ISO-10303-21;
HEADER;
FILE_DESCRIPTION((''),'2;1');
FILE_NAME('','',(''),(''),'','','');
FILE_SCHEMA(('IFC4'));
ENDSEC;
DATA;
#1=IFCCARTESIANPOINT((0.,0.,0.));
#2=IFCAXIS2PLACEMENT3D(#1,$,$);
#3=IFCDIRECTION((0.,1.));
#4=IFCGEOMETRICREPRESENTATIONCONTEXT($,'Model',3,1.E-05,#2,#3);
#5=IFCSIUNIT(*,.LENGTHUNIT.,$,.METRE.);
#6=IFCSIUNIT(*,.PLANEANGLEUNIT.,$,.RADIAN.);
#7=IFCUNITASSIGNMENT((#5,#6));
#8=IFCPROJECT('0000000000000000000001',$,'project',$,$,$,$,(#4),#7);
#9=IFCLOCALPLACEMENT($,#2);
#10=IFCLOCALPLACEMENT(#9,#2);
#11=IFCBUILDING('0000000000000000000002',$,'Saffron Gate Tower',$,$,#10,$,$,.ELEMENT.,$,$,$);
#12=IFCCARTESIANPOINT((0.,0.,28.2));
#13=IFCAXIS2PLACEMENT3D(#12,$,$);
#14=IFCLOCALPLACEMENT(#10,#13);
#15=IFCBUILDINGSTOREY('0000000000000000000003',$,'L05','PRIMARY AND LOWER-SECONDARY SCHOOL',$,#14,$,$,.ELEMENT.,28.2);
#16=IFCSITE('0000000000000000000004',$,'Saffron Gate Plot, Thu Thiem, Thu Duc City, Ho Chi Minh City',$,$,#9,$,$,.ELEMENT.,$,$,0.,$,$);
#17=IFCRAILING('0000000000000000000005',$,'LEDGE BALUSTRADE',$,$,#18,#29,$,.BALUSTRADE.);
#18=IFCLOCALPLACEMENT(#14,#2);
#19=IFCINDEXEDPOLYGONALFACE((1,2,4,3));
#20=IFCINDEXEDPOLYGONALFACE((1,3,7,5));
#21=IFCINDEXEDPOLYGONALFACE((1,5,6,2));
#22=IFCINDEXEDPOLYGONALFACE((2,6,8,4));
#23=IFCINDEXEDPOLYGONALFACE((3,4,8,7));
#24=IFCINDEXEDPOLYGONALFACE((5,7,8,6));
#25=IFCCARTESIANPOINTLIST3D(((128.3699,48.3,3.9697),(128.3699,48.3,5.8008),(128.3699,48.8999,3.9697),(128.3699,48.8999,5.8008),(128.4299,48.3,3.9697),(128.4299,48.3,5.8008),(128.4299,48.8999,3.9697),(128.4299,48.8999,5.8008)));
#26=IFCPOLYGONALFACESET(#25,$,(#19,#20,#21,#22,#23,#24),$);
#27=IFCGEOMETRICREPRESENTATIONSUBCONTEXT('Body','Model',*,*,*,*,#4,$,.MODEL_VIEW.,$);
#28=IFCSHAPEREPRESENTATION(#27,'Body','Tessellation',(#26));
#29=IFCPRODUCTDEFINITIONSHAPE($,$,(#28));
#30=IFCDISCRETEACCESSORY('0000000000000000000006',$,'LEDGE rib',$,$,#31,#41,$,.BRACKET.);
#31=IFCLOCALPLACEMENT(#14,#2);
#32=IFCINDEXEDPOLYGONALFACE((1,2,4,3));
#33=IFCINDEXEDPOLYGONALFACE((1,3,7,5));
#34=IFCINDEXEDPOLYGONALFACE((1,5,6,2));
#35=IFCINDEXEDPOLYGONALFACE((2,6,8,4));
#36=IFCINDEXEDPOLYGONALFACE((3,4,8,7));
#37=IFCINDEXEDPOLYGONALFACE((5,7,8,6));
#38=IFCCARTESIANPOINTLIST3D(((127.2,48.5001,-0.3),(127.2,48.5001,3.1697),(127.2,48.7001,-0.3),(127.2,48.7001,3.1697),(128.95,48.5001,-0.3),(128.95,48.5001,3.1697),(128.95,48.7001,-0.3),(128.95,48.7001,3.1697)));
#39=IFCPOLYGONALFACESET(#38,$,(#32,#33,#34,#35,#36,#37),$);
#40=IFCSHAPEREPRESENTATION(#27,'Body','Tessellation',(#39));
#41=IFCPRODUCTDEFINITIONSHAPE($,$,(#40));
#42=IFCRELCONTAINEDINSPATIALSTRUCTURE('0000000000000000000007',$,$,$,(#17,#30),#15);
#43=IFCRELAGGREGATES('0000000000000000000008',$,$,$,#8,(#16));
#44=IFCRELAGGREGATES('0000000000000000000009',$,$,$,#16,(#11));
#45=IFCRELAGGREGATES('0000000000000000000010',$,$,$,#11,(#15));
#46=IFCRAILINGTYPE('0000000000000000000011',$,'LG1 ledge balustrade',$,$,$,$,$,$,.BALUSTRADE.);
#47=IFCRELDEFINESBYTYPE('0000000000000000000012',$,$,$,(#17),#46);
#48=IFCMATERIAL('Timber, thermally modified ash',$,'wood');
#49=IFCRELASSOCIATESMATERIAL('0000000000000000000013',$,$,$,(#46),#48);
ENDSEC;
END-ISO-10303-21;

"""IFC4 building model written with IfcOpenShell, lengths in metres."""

from ifc_helpers import new_model, si_unit, direction, frame, origin, origin_2d, place, context, subcontext, project, spatial, rectangle, extrude, material, type_object, element, save


model = new_model("IFC4")

# Units and contexts
model_context = context("Model", 3, precision=1e-05, world=origin(), true_north=direction((0.0, 1.0)))
body_context = subcontext(model_context, "Body", "Model", "MODEL_VIEW")
ifc_project = project(units=[si_unit("LENGTHUNIT", "METRE"), si_unit("PLANEANGLEUNIT", "RADIAN")], contexts=[model_context])

# Site, building, storey
site_placement = place(None, origin())
site = spatial("IfcSite", under=ifc_project, at=site_placement, Name="Saffron Gate Plot, Thu Thiem, Thu Duc City, Ho Chi Minh City", CompositionType="ELEMENT", RefElevation=0.0)
building_placement = place(site_placement, origin())
building = spatial("IfcBuilding", under=site, at=building_placement, Name="Saffron Gate Tower", CompositionType="ELEMENT")
storey_placement = place(building_placement, frame((0.0, 0.0, 28.2)))
storey = spatial("IfcBuildingStorey", under=building, at=storey_placement, Name="L05", Description="PRIMARY AND LOWER-SECONDARY SCHOOL", CompositionType="ELEMENT", Elevation=28.2)

# Shared definitions
ifc_material_1 = material(Name="Timber, thermally modified ash", Category="wood")

# Railing
railing_type_1 = type_object("IfcRailingType", Name="LG1 ledge balustrade", PredefinedType="BALUSTRADE", material=ifc_material_1)
railing_1_placement = place(storey_placement, frame((128.3999, 48.3, 3.9697)))
element("IfcRailing", 1, at=railing_1_placement, inside=storey, type_object=railing_type_1, Name="LEDGE BALUSTRADE", PredefinedType="BALUSTRADE", context=body_context, shape_type="SweptSolid", body=[
    extrude(rectangle(XDim=0.0601, YDim=1.8311, at=origin_2d()), frame((0.0, 0.0, 0.9155), z_axis=(0.0, 1.0, 0.0), x_axis=(-1.0, 0.0, 0.0)), (0.0, 0.0, 1.0), 0.5999),
])

# Discrete accessory
discrete_accessory_placement = place(storey_placement, frame((128.075, 48.6001, -0.3), z_axis=(0.0, 0.0, 1.0), x_axis=(0.0, 1.0, 0.0)))
element("IfcDiscreteAccessory", 2, at=discrete_accessory_placement, inside=storey, Name="LEDGE rib", PredefinedType="BRACKET", context=body_context, shape_type="SweptSolid", body=[
    extrude(rectangle(XDim=0.2, YDim=1.75, at=origin_2d()), origin(), (0.0, 0.0, 1.0), 3.4697),
])

save(model, "model.ifc")
